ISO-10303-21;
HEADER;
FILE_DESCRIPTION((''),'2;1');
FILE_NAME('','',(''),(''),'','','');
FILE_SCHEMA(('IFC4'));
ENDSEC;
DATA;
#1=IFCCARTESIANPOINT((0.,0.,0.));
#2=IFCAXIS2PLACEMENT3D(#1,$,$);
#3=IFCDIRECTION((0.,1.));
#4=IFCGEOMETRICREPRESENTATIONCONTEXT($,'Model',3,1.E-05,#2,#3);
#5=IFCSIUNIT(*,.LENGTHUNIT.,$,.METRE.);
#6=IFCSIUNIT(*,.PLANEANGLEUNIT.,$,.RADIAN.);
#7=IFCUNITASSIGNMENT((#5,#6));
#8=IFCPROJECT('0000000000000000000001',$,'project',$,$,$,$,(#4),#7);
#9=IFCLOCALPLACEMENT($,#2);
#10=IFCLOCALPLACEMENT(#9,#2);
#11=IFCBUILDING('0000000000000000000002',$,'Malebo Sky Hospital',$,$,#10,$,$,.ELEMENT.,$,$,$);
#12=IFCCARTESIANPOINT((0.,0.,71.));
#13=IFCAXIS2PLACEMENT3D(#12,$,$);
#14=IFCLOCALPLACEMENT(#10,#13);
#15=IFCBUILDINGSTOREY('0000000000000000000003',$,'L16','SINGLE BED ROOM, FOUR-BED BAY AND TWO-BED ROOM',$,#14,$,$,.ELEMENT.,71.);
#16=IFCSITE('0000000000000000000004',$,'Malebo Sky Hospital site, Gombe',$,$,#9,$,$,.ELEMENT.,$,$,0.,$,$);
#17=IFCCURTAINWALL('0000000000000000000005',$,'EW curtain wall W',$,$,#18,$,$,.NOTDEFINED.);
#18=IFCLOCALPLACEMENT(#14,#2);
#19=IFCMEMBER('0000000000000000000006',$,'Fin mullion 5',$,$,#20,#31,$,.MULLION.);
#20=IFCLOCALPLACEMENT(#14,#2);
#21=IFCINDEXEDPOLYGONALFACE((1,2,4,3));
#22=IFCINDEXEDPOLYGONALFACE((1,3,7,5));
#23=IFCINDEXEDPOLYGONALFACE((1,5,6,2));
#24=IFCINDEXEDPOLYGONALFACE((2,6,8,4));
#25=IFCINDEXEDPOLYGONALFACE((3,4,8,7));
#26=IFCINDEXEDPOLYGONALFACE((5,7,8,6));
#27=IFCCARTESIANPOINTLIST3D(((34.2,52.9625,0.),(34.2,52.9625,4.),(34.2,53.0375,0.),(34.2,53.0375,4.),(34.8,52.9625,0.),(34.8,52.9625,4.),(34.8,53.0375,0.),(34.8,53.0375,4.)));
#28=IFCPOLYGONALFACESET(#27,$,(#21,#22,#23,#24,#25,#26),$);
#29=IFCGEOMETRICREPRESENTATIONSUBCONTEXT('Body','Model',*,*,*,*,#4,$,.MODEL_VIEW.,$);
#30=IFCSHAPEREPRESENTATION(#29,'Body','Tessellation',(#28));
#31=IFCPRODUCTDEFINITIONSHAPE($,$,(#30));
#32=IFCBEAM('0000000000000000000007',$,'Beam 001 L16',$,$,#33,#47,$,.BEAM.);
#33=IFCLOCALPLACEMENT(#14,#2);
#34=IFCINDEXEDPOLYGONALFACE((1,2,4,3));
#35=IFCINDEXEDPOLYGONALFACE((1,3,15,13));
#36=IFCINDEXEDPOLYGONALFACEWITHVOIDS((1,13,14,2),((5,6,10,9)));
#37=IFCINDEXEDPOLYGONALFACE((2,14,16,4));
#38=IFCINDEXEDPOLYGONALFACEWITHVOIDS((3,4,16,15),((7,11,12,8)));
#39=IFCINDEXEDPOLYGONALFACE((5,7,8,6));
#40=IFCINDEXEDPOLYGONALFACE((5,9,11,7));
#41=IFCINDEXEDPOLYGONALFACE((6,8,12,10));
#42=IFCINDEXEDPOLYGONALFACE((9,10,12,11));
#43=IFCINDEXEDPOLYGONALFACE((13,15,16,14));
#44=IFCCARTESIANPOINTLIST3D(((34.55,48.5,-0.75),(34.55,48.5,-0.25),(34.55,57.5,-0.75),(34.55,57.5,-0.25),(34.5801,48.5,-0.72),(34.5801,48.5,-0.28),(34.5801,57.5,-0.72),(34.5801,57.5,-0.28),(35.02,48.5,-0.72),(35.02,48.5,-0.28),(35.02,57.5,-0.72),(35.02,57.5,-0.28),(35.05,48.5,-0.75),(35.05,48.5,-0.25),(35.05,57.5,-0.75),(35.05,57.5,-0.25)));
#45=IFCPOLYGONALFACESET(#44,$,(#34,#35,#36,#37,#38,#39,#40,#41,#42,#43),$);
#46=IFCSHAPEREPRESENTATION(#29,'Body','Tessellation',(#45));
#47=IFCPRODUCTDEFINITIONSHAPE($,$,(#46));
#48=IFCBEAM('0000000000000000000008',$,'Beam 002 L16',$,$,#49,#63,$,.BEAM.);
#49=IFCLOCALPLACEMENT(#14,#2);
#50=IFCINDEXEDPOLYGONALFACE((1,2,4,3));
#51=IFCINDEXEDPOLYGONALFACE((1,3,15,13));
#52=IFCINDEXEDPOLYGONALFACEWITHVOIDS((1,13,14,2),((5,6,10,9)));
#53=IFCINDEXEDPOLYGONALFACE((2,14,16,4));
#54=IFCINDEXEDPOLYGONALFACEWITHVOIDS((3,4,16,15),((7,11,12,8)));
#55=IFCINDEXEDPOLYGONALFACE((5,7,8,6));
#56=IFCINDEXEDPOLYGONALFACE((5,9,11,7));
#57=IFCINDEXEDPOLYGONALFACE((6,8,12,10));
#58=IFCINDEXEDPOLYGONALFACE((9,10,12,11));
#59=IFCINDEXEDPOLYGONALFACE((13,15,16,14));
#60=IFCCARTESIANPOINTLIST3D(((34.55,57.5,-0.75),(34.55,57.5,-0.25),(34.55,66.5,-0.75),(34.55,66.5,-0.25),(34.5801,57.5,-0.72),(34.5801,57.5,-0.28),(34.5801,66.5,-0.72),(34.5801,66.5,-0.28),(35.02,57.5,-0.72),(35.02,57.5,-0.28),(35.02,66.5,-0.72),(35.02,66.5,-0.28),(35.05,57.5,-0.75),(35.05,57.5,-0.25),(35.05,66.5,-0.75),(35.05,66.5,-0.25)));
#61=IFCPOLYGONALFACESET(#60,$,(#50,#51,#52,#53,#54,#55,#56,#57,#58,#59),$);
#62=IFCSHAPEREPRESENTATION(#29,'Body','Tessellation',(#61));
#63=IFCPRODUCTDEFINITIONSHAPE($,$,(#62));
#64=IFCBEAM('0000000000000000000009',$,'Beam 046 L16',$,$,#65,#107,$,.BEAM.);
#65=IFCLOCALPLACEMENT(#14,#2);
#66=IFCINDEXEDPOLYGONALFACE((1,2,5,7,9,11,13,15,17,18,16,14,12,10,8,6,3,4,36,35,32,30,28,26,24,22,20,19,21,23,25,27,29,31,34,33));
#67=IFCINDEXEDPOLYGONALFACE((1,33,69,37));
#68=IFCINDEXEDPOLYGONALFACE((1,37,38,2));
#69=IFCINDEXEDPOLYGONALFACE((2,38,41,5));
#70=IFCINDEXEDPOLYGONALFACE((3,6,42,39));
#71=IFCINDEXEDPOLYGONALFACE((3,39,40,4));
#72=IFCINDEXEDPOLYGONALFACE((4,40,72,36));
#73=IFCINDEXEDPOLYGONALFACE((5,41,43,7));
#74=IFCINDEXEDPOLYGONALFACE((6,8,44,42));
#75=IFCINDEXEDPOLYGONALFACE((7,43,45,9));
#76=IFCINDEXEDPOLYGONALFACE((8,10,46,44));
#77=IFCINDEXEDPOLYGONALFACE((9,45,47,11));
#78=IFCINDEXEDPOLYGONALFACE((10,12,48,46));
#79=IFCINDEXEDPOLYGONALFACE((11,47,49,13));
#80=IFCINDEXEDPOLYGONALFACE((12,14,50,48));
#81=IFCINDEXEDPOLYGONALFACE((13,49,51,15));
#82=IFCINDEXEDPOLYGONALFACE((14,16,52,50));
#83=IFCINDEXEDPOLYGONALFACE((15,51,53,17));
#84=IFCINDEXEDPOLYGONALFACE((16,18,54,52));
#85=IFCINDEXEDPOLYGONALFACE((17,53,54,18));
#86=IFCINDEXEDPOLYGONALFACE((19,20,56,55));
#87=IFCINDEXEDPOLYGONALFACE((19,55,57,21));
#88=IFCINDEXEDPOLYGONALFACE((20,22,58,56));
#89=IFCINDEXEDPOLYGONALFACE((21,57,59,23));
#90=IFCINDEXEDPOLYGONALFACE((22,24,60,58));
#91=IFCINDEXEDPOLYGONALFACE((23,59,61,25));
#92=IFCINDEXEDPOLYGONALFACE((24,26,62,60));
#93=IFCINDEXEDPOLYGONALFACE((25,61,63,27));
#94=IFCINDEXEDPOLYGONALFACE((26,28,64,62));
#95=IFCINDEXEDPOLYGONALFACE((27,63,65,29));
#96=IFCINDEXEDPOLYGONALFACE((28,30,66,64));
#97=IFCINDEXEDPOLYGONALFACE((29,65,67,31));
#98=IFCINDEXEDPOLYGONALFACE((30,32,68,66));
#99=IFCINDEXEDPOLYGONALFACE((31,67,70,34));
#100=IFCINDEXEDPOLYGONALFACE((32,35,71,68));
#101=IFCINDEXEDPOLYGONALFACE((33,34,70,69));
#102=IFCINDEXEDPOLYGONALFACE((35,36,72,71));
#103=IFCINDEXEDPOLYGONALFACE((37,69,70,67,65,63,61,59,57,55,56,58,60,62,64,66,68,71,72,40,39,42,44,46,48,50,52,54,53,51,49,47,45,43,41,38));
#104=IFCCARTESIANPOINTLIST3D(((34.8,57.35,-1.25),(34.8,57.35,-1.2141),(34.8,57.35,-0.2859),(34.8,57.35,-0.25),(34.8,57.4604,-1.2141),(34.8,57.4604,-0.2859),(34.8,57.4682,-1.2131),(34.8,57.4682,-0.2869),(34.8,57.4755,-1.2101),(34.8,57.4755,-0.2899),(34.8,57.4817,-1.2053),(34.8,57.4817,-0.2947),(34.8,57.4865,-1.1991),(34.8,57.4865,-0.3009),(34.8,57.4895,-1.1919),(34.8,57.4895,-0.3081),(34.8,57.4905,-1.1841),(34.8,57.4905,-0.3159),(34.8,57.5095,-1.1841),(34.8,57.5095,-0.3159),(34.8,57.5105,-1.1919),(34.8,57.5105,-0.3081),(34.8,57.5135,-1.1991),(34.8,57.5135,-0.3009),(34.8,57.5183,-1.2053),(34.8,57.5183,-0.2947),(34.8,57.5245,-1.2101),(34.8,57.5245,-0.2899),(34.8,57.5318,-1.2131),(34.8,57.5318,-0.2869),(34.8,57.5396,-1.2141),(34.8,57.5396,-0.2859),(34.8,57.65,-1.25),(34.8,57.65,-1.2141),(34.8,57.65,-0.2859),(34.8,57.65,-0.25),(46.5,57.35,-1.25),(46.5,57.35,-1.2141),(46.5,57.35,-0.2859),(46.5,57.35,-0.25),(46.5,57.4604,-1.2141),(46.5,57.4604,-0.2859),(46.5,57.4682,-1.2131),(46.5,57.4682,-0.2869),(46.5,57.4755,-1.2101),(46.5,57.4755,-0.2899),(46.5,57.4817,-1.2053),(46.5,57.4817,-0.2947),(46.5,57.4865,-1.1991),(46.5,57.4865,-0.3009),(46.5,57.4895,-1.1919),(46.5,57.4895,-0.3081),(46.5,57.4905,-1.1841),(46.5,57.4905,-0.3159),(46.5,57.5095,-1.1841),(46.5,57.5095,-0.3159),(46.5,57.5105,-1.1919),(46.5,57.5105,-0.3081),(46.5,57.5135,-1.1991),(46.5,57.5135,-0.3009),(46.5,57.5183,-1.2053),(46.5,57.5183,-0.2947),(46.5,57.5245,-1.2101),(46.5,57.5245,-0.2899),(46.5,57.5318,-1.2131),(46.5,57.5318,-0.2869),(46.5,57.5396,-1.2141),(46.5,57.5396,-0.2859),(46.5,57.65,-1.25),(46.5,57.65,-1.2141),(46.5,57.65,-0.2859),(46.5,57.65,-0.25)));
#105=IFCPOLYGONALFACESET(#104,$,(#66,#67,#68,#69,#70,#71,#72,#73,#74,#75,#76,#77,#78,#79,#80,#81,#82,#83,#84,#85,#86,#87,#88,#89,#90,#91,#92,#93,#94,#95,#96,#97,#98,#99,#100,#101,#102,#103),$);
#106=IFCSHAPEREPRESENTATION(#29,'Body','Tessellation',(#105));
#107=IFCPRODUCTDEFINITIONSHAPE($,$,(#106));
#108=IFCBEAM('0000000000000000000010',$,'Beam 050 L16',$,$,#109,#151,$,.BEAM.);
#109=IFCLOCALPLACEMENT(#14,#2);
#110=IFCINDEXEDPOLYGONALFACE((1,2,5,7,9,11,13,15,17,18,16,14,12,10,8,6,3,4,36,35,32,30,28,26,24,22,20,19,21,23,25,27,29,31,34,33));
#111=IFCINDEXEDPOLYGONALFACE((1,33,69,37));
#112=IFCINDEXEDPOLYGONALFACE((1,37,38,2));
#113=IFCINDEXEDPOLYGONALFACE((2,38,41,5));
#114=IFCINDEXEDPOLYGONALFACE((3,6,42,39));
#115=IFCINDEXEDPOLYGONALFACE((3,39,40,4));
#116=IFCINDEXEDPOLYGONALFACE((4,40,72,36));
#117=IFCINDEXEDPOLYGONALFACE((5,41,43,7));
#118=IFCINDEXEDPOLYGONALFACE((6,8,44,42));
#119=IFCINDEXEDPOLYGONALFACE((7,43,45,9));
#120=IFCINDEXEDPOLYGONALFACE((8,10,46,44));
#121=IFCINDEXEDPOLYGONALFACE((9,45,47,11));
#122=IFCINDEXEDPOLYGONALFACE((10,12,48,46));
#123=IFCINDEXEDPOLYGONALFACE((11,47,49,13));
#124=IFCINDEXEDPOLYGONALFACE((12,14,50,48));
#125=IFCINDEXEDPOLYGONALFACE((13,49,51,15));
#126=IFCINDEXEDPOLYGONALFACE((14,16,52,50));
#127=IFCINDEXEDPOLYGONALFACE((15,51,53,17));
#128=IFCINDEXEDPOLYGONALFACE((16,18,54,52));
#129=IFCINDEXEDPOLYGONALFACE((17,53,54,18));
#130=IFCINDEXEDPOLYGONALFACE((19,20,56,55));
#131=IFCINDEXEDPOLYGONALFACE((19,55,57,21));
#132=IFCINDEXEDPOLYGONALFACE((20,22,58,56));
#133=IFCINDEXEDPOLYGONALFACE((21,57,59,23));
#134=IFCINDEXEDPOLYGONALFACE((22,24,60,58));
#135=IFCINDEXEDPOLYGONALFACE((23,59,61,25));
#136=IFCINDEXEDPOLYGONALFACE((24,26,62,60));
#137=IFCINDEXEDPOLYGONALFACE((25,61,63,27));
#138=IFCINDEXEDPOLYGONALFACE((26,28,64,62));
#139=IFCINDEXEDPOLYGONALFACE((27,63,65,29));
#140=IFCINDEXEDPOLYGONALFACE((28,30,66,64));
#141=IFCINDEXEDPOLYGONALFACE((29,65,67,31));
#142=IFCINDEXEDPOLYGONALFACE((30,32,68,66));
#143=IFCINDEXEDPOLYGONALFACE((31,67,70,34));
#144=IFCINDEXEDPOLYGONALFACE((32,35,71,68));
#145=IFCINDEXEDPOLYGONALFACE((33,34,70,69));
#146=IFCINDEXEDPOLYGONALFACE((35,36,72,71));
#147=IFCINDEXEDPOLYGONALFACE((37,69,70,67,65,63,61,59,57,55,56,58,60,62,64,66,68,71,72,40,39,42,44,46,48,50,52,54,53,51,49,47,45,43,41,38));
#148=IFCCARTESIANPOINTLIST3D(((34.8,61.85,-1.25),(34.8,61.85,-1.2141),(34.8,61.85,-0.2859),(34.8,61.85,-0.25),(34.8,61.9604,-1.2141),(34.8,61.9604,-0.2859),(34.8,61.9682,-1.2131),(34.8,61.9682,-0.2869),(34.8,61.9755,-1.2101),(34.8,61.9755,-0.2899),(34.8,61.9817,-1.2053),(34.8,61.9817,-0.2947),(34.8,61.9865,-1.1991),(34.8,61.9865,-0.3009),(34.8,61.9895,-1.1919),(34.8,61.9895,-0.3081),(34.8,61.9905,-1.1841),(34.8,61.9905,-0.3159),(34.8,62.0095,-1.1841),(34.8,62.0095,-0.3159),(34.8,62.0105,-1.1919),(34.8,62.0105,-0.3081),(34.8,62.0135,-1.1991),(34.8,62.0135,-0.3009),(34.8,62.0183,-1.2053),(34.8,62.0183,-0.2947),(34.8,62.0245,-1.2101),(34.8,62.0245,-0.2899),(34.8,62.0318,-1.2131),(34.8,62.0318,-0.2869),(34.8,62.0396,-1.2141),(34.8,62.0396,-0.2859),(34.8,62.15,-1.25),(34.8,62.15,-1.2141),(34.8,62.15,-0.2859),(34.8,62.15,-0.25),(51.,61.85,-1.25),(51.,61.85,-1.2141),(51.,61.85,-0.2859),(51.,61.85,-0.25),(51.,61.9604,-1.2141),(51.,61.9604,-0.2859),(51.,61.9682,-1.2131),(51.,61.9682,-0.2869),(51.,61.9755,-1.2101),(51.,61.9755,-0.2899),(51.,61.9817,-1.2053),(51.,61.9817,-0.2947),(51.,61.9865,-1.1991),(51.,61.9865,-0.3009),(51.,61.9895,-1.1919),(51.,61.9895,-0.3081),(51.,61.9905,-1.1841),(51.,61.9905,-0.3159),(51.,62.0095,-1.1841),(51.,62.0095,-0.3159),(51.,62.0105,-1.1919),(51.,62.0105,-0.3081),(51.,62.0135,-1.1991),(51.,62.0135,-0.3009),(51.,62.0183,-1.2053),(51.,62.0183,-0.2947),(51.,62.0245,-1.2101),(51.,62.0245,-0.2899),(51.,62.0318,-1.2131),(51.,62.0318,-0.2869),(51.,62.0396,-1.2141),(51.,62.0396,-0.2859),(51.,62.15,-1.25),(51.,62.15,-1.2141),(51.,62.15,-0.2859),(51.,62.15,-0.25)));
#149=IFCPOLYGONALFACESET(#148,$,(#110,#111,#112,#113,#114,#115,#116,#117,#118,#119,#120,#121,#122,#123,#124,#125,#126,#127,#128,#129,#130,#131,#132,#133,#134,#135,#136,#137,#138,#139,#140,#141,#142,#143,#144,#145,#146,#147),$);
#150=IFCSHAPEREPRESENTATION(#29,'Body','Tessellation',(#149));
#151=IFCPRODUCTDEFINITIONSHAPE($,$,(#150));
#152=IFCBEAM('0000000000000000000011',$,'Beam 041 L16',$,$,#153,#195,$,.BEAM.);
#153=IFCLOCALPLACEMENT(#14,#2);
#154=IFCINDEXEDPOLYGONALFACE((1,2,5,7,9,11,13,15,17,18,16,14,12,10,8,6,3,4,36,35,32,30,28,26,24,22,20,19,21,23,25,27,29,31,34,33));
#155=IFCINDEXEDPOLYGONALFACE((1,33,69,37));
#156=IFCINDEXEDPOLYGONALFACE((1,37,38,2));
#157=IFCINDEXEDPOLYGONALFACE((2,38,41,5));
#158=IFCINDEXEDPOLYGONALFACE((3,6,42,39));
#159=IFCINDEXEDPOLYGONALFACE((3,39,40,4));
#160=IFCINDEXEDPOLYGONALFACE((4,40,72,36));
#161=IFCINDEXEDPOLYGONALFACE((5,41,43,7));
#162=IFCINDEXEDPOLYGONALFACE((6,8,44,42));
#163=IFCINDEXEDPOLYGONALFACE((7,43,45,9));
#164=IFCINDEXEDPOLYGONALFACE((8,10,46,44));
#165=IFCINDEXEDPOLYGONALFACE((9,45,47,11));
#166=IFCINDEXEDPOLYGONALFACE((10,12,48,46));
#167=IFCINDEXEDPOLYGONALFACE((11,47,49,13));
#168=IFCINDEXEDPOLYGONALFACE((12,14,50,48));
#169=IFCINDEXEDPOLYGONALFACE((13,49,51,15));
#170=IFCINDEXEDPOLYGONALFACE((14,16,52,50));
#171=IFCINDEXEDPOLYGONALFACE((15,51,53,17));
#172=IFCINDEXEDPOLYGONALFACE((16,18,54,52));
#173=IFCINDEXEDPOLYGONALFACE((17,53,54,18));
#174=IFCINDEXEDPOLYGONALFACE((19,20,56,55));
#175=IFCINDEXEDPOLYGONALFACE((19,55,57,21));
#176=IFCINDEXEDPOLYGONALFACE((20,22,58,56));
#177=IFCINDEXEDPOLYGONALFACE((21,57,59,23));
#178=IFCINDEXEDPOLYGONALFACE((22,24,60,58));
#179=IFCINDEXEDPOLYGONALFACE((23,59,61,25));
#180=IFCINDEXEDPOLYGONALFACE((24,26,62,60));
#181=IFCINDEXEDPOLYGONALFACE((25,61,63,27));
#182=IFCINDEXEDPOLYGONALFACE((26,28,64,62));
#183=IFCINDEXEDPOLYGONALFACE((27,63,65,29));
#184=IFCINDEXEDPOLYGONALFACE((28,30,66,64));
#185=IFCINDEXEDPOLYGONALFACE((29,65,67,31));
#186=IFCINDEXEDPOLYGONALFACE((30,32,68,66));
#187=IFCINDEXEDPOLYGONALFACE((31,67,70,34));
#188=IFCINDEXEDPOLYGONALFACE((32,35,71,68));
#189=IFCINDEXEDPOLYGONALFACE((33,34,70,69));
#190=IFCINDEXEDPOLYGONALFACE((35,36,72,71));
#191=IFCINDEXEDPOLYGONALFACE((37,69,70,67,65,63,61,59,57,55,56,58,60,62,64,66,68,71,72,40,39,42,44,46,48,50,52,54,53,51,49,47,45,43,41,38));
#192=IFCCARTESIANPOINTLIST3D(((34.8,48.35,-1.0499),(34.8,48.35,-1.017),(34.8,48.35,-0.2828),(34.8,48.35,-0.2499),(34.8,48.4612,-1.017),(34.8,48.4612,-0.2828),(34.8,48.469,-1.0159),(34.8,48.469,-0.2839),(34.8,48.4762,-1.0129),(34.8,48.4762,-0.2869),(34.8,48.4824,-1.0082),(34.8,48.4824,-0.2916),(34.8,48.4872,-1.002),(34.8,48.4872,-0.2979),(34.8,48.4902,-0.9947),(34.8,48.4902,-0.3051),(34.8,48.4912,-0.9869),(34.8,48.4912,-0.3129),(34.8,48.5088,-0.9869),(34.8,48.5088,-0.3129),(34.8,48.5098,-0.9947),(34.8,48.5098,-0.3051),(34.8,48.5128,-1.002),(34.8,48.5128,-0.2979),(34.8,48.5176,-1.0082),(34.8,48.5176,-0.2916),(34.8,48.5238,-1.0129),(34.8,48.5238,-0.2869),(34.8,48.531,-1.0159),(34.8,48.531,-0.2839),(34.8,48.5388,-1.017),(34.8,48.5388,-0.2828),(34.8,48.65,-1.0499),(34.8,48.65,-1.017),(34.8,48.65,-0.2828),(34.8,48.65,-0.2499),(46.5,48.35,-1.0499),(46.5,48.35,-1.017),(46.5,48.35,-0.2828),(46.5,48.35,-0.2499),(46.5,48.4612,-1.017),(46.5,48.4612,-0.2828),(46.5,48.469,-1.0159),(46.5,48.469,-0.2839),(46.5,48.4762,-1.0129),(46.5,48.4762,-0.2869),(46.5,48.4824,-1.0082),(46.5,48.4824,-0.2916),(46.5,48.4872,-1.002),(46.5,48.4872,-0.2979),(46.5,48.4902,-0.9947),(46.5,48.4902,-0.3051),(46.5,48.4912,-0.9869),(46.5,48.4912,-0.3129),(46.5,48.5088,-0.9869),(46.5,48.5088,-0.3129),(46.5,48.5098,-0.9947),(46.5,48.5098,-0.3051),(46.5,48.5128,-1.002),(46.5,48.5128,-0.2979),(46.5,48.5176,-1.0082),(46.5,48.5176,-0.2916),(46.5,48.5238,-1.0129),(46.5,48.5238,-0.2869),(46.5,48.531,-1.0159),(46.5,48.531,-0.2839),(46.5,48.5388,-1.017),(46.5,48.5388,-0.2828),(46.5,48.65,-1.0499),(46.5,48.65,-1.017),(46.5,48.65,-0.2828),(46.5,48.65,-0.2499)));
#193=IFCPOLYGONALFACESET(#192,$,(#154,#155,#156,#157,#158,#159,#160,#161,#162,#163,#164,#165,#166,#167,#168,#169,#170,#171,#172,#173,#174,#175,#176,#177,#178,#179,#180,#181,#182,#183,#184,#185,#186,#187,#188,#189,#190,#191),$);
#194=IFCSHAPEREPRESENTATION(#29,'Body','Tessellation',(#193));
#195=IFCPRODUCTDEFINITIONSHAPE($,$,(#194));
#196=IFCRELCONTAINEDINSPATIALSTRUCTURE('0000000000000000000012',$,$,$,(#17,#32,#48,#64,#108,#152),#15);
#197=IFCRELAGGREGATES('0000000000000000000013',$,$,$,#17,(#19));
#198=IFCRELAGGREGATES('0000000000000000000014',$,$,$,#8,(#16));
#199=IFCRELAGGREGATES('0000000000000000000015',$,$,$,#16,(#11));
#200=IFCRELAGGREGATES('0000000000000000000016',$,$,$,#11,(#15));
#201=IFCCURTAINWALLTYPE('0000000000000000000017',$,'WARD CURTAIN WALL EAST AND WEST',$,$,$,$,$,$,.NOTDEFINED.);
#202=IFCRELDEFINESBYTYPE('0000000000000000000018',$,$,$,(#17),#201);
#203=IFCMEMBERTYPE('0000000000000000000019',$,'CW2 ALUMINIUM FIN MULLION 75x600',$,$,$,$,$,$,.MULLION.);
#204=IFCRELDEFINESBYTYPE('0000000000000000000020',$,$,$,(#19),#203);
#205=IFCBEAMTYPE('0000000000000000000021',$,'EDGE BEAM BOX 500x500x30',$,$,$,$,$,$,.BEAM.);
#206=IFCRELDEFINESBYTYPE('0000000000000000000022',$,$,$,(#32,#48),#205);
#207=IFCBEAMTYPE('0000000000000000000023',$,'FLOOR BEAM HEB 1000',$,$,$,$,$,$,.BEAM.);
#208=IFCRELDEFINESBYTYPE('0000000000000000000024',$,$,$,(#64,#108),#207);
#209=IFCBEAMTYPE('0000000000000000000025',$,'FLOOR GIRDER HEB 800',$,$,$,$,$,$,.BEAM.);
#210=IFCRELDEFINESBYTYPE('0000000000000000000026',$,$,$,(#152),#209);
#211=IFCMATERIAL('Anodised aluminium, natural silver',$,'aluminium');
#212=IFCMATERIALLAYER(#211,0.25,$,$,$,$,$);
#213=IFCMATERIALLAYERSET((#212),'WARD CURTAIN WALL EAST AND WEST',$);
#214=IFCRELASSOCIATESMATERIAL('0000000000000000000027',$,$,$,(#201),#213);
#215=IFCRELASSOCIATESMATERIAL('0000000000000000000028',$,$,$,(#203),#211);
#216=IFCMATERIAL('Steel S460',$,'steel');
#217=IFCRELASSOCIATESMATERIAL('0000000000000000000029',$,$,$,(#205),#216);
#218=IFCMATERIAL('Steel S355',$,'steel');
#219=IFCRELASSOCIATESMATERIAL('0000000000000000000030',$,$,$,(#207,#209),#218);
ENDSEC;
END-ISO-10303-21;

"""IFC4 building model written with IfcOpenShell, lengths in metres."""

from ifc_helpers import new_model, si_unit, direction, frame, origin, origin_2d, place, context, subcontext, project, spatial, rectangle, hollow_rectangle, i_section, extrude, material, layer, layer_set, material_profile, profile_set, type_object, element, aggregate, save


model = new_model("IFC4")

# Units and contexts
model_context = context("Model", 3, precision=1e-05, world=origin(), true_north=direction((0.0, 1.0)))
body_context = subcontext(model_context, "Body", "Model", "MODEL_VIEW")
ifc_project = project(units=[si_unit("LENGTHUNIT", "METRE"), si_unit("PLANEANGLEUNIT", "RADIAN")], contexts=[model_context])

# Site, building, storey
site_placement = place(None, origin())
site = spatial("IfcSite", under=ifc_project, at=site_placement, Name="Malebo Sky Hospital site, Gombe", CompositionType="ELEMENT", RefElevation=0.0)
building_placement = place(site_placement, origin())
building = spatial("IfcBuilding", under=site, at=building_placement, Name="Malebo Sky Hospital", CompositionType="ELEMENT")
storey_placement = place(building_placement, frame((0.0, 0.0, 71.0)))
storey = spatial("IfcBuildingStorey", under=building, at=storey_placement, Name="L16", Description="SINGLE BED ROOM, FOUR-BED BAY AND TWO-BED ROOM", CompositionType="ELEMENT", Elevation=71.0)

# Shared definitions
ifc_material_1 = material(Name="Steel S460", Category="steel")

# Curtain wall
ifc_material_2 = material(Name="Anodised aluminium, natural silver", Category="aluminium")
ifc_layer_1 = layer(ifc_material_2, 0.25)
ifc_layer_set_1 = layer_set([ifc_layer_1], Name="WARD CURTAIN WALL EAST AND WEST")
curtain_wall_type = type_object("IfcCurtainWallType", Name="WARD CURTAIN WALL EAST AND WEST", PredefinedType="NOTDEFINED", material=ifc_layer_set_1)
curtain_wall_placement = place(storey_placement, origin())
curtain_wall = element("IfcCurtainWall", 1, at=curtain_wall_placement, inside=storey, type_object=curtain_wall_type, Name="EW curtain wall W", PredefinedType="NOTDEFINED")

# Member
ifc_material_3 = material(Name="Steel S355", Category="steel")
ifc_material_profile_1 = material_profile(ifc_material_2, rectangle(XDim=0.075, YDim=0.6001, at=origin_2d()), Name="CW2 ALUMINIUM FIN MULLION 75x600")
ifc_profile_set_1 = profile_set([ifc_material_profile_1], Name="Anodised aluminium, natural silver")
member_type_1 = type_object("IfcMemberType", Name="CW2 ALUMINIUM FIN MULLION 75x600", PredefinedType="MULLION", material=ifc_profile_set_1)
member_1_placement = place(storey_placement, frame((34.5, 53.0, 0.0), z_axis=(0.0, 0.0, 1.0), x_axis=(0.0, 1.0, 0.0)))
member_1 = element("IfcMember", 2, at=member_1_placement, type_object=member_type_1, Name="Fin mullion 5", PredefinedType="MULLION", context=body_context, shape_type="SweptSolid", body=[
    extrude(rectangle(XDim=0.075, YDim=0.6001, at=origin_2d()), origin(), (0.0, 0.0, 1.0), 4.0),
])

# Beams
ifc_material_profile_2 = material_profile(ifc_material_1, hollow_rectangle(XDim=0.5, YDim=0.5, WallThickness=0.03, at=origin_2d()), Name="BOX 500x500x30")
ifc_profile_set_2 = profile_set([ifc_material_profile_2], Name="Steel S460")
beam_type_1 = type_object("IfcBeamType", Name="EDGE BEAM BOX 500x500x30", PredefinedType="BEAM", material=ifc_profile_set_2)
for number, where, z_axis, x_axis, name in (
    (3, (34.8, 48.5, -0.5), (0.0, 1.0, 0.0), (-1.0, 0.0, 0.0), "Beam 001 L16"),
    (4, (34.8, 57.5, -0.5), (0.0, 1.0, 0.0), (-1.0, 0.0, 0.0), "Beam 002 L16"),
):
    element("IfcBeam", number, at=place(storey_placement, frame(where, z_axis=z_axis, x_axis=x_axis)), inside=storey, type_object=beam_type_1, Name=name, PredefinedType="BEAM", context=body_context, shape_type="SweptSolid", body=[
        extrude(hollow_rectangle(XDim=0.5, YDim=0.5, WallThickness=0.03, at=origin_2d()), origin(), (0.0, 0.0, 1.0), 9.0),
    ])
ifc_material_profile_3 = material_profile(ifc_material_3, i_section(OverallWidth=0.3, OverallDepth=1.0, WebThickness=0.019, FlangeThickness=0.0359, FilletRadius=0.03, at=origin_2d()), Name="HEB 1000")
ifc_profile_set_3 = profile_set([ifc_material_profile_3], Name="Steel S355")
beam_type_2 = type_object("IfcBeamType", Name="FLOOR BEAM HEB 1000", PredefinedType="BEAM", material=ifc_profile_set_3)
beam_1_placement = place(storey_placement, frame((34.8, 57.5, -0.75), z_axis=(1.0, 0.0, 0.0), x_axis=(0.0, 1.0, 0.0)))
element("IfcBeam", 5, at=beam_1_placement, inside=storey, type_object=beam_type_2, Name="Beam 046 L16", PredefinedType="BEAM", context=body_context, shape_type="SweptSolid", body=[
    extrude(i_section(OverallWidth=0.3, OverallDepth=1.0, WebThickness=0.019, FlangeThickness=0.0359, FilletRadius=0.03, at=origin_2d()), origin(), (0.0, 0.0, 1.0), 11.7),
])
beam_2_placement = place(storey_placement, frame((34.8, 62.0, -0.75), z_axis=(1.0, 0.0, 0.0), x_axis=(0.0, 1.0, 0.0)))
element("IfcBeam", 6, at=beam_2_placement, inside=storey, type_object=beam_type_2, Name="Beam 050 L16", PredefinedType="BEAM", context=body_context, shape_type="SweptSolid", body=[
    extrude(i_section(OverallWidth=0.3, OverallDepth=1.0, WebThickness=0.019, FlangeThickness=0.0359, FilletRadius=0.03, at=origin_2d()), origin(), (0.0, 0.0, 1.0), 16.2),
])
ifc_material_profile_4 = material_profile(ifc_material_3, i_section(OverallWidth=0.3, OverallDepth=0.8, WebThickness=0.0176, FlangeThickness=0.033, FilletRadius=0.03, at=origin_2d()), Name="HEB 800")
ifc_profile_set_4 = profile_set([ifc_material_profile_4], Name="Steel S355")
beam_type_3 = type_object("IfcBeamType", Name="FLOOR GIRDER HEB 800", PredefinedType="BEAM", material=ifc_profile_set_4)
beam_3_placement = place(storey_placement, frame((34.8, 48.5, -0.6499), z_axis=(1.0, 0.0, 0.0), x_axis=(0.0, 1.0, 0.0)))
element("IfcBeam", 7, at=beam_3_placement, inside=storey, type_object=beam_type_3, Name="Beam 041 L16", PredefinedType="BEAM", context=body_context, shape_type="SweptSolid", body=[
    extrude(i_section(OverallWidth=0.3, OverallDepth=0.8, WebThickness=0.0176, FlangeThickness=0.033, FilletRadius=0.03, at=origin_2d()), origin(), (0.0, 0.0, 1.0), 11.7),
])

aggregate(curtain_wall, [member_1])

save(model, "model.ifc")
